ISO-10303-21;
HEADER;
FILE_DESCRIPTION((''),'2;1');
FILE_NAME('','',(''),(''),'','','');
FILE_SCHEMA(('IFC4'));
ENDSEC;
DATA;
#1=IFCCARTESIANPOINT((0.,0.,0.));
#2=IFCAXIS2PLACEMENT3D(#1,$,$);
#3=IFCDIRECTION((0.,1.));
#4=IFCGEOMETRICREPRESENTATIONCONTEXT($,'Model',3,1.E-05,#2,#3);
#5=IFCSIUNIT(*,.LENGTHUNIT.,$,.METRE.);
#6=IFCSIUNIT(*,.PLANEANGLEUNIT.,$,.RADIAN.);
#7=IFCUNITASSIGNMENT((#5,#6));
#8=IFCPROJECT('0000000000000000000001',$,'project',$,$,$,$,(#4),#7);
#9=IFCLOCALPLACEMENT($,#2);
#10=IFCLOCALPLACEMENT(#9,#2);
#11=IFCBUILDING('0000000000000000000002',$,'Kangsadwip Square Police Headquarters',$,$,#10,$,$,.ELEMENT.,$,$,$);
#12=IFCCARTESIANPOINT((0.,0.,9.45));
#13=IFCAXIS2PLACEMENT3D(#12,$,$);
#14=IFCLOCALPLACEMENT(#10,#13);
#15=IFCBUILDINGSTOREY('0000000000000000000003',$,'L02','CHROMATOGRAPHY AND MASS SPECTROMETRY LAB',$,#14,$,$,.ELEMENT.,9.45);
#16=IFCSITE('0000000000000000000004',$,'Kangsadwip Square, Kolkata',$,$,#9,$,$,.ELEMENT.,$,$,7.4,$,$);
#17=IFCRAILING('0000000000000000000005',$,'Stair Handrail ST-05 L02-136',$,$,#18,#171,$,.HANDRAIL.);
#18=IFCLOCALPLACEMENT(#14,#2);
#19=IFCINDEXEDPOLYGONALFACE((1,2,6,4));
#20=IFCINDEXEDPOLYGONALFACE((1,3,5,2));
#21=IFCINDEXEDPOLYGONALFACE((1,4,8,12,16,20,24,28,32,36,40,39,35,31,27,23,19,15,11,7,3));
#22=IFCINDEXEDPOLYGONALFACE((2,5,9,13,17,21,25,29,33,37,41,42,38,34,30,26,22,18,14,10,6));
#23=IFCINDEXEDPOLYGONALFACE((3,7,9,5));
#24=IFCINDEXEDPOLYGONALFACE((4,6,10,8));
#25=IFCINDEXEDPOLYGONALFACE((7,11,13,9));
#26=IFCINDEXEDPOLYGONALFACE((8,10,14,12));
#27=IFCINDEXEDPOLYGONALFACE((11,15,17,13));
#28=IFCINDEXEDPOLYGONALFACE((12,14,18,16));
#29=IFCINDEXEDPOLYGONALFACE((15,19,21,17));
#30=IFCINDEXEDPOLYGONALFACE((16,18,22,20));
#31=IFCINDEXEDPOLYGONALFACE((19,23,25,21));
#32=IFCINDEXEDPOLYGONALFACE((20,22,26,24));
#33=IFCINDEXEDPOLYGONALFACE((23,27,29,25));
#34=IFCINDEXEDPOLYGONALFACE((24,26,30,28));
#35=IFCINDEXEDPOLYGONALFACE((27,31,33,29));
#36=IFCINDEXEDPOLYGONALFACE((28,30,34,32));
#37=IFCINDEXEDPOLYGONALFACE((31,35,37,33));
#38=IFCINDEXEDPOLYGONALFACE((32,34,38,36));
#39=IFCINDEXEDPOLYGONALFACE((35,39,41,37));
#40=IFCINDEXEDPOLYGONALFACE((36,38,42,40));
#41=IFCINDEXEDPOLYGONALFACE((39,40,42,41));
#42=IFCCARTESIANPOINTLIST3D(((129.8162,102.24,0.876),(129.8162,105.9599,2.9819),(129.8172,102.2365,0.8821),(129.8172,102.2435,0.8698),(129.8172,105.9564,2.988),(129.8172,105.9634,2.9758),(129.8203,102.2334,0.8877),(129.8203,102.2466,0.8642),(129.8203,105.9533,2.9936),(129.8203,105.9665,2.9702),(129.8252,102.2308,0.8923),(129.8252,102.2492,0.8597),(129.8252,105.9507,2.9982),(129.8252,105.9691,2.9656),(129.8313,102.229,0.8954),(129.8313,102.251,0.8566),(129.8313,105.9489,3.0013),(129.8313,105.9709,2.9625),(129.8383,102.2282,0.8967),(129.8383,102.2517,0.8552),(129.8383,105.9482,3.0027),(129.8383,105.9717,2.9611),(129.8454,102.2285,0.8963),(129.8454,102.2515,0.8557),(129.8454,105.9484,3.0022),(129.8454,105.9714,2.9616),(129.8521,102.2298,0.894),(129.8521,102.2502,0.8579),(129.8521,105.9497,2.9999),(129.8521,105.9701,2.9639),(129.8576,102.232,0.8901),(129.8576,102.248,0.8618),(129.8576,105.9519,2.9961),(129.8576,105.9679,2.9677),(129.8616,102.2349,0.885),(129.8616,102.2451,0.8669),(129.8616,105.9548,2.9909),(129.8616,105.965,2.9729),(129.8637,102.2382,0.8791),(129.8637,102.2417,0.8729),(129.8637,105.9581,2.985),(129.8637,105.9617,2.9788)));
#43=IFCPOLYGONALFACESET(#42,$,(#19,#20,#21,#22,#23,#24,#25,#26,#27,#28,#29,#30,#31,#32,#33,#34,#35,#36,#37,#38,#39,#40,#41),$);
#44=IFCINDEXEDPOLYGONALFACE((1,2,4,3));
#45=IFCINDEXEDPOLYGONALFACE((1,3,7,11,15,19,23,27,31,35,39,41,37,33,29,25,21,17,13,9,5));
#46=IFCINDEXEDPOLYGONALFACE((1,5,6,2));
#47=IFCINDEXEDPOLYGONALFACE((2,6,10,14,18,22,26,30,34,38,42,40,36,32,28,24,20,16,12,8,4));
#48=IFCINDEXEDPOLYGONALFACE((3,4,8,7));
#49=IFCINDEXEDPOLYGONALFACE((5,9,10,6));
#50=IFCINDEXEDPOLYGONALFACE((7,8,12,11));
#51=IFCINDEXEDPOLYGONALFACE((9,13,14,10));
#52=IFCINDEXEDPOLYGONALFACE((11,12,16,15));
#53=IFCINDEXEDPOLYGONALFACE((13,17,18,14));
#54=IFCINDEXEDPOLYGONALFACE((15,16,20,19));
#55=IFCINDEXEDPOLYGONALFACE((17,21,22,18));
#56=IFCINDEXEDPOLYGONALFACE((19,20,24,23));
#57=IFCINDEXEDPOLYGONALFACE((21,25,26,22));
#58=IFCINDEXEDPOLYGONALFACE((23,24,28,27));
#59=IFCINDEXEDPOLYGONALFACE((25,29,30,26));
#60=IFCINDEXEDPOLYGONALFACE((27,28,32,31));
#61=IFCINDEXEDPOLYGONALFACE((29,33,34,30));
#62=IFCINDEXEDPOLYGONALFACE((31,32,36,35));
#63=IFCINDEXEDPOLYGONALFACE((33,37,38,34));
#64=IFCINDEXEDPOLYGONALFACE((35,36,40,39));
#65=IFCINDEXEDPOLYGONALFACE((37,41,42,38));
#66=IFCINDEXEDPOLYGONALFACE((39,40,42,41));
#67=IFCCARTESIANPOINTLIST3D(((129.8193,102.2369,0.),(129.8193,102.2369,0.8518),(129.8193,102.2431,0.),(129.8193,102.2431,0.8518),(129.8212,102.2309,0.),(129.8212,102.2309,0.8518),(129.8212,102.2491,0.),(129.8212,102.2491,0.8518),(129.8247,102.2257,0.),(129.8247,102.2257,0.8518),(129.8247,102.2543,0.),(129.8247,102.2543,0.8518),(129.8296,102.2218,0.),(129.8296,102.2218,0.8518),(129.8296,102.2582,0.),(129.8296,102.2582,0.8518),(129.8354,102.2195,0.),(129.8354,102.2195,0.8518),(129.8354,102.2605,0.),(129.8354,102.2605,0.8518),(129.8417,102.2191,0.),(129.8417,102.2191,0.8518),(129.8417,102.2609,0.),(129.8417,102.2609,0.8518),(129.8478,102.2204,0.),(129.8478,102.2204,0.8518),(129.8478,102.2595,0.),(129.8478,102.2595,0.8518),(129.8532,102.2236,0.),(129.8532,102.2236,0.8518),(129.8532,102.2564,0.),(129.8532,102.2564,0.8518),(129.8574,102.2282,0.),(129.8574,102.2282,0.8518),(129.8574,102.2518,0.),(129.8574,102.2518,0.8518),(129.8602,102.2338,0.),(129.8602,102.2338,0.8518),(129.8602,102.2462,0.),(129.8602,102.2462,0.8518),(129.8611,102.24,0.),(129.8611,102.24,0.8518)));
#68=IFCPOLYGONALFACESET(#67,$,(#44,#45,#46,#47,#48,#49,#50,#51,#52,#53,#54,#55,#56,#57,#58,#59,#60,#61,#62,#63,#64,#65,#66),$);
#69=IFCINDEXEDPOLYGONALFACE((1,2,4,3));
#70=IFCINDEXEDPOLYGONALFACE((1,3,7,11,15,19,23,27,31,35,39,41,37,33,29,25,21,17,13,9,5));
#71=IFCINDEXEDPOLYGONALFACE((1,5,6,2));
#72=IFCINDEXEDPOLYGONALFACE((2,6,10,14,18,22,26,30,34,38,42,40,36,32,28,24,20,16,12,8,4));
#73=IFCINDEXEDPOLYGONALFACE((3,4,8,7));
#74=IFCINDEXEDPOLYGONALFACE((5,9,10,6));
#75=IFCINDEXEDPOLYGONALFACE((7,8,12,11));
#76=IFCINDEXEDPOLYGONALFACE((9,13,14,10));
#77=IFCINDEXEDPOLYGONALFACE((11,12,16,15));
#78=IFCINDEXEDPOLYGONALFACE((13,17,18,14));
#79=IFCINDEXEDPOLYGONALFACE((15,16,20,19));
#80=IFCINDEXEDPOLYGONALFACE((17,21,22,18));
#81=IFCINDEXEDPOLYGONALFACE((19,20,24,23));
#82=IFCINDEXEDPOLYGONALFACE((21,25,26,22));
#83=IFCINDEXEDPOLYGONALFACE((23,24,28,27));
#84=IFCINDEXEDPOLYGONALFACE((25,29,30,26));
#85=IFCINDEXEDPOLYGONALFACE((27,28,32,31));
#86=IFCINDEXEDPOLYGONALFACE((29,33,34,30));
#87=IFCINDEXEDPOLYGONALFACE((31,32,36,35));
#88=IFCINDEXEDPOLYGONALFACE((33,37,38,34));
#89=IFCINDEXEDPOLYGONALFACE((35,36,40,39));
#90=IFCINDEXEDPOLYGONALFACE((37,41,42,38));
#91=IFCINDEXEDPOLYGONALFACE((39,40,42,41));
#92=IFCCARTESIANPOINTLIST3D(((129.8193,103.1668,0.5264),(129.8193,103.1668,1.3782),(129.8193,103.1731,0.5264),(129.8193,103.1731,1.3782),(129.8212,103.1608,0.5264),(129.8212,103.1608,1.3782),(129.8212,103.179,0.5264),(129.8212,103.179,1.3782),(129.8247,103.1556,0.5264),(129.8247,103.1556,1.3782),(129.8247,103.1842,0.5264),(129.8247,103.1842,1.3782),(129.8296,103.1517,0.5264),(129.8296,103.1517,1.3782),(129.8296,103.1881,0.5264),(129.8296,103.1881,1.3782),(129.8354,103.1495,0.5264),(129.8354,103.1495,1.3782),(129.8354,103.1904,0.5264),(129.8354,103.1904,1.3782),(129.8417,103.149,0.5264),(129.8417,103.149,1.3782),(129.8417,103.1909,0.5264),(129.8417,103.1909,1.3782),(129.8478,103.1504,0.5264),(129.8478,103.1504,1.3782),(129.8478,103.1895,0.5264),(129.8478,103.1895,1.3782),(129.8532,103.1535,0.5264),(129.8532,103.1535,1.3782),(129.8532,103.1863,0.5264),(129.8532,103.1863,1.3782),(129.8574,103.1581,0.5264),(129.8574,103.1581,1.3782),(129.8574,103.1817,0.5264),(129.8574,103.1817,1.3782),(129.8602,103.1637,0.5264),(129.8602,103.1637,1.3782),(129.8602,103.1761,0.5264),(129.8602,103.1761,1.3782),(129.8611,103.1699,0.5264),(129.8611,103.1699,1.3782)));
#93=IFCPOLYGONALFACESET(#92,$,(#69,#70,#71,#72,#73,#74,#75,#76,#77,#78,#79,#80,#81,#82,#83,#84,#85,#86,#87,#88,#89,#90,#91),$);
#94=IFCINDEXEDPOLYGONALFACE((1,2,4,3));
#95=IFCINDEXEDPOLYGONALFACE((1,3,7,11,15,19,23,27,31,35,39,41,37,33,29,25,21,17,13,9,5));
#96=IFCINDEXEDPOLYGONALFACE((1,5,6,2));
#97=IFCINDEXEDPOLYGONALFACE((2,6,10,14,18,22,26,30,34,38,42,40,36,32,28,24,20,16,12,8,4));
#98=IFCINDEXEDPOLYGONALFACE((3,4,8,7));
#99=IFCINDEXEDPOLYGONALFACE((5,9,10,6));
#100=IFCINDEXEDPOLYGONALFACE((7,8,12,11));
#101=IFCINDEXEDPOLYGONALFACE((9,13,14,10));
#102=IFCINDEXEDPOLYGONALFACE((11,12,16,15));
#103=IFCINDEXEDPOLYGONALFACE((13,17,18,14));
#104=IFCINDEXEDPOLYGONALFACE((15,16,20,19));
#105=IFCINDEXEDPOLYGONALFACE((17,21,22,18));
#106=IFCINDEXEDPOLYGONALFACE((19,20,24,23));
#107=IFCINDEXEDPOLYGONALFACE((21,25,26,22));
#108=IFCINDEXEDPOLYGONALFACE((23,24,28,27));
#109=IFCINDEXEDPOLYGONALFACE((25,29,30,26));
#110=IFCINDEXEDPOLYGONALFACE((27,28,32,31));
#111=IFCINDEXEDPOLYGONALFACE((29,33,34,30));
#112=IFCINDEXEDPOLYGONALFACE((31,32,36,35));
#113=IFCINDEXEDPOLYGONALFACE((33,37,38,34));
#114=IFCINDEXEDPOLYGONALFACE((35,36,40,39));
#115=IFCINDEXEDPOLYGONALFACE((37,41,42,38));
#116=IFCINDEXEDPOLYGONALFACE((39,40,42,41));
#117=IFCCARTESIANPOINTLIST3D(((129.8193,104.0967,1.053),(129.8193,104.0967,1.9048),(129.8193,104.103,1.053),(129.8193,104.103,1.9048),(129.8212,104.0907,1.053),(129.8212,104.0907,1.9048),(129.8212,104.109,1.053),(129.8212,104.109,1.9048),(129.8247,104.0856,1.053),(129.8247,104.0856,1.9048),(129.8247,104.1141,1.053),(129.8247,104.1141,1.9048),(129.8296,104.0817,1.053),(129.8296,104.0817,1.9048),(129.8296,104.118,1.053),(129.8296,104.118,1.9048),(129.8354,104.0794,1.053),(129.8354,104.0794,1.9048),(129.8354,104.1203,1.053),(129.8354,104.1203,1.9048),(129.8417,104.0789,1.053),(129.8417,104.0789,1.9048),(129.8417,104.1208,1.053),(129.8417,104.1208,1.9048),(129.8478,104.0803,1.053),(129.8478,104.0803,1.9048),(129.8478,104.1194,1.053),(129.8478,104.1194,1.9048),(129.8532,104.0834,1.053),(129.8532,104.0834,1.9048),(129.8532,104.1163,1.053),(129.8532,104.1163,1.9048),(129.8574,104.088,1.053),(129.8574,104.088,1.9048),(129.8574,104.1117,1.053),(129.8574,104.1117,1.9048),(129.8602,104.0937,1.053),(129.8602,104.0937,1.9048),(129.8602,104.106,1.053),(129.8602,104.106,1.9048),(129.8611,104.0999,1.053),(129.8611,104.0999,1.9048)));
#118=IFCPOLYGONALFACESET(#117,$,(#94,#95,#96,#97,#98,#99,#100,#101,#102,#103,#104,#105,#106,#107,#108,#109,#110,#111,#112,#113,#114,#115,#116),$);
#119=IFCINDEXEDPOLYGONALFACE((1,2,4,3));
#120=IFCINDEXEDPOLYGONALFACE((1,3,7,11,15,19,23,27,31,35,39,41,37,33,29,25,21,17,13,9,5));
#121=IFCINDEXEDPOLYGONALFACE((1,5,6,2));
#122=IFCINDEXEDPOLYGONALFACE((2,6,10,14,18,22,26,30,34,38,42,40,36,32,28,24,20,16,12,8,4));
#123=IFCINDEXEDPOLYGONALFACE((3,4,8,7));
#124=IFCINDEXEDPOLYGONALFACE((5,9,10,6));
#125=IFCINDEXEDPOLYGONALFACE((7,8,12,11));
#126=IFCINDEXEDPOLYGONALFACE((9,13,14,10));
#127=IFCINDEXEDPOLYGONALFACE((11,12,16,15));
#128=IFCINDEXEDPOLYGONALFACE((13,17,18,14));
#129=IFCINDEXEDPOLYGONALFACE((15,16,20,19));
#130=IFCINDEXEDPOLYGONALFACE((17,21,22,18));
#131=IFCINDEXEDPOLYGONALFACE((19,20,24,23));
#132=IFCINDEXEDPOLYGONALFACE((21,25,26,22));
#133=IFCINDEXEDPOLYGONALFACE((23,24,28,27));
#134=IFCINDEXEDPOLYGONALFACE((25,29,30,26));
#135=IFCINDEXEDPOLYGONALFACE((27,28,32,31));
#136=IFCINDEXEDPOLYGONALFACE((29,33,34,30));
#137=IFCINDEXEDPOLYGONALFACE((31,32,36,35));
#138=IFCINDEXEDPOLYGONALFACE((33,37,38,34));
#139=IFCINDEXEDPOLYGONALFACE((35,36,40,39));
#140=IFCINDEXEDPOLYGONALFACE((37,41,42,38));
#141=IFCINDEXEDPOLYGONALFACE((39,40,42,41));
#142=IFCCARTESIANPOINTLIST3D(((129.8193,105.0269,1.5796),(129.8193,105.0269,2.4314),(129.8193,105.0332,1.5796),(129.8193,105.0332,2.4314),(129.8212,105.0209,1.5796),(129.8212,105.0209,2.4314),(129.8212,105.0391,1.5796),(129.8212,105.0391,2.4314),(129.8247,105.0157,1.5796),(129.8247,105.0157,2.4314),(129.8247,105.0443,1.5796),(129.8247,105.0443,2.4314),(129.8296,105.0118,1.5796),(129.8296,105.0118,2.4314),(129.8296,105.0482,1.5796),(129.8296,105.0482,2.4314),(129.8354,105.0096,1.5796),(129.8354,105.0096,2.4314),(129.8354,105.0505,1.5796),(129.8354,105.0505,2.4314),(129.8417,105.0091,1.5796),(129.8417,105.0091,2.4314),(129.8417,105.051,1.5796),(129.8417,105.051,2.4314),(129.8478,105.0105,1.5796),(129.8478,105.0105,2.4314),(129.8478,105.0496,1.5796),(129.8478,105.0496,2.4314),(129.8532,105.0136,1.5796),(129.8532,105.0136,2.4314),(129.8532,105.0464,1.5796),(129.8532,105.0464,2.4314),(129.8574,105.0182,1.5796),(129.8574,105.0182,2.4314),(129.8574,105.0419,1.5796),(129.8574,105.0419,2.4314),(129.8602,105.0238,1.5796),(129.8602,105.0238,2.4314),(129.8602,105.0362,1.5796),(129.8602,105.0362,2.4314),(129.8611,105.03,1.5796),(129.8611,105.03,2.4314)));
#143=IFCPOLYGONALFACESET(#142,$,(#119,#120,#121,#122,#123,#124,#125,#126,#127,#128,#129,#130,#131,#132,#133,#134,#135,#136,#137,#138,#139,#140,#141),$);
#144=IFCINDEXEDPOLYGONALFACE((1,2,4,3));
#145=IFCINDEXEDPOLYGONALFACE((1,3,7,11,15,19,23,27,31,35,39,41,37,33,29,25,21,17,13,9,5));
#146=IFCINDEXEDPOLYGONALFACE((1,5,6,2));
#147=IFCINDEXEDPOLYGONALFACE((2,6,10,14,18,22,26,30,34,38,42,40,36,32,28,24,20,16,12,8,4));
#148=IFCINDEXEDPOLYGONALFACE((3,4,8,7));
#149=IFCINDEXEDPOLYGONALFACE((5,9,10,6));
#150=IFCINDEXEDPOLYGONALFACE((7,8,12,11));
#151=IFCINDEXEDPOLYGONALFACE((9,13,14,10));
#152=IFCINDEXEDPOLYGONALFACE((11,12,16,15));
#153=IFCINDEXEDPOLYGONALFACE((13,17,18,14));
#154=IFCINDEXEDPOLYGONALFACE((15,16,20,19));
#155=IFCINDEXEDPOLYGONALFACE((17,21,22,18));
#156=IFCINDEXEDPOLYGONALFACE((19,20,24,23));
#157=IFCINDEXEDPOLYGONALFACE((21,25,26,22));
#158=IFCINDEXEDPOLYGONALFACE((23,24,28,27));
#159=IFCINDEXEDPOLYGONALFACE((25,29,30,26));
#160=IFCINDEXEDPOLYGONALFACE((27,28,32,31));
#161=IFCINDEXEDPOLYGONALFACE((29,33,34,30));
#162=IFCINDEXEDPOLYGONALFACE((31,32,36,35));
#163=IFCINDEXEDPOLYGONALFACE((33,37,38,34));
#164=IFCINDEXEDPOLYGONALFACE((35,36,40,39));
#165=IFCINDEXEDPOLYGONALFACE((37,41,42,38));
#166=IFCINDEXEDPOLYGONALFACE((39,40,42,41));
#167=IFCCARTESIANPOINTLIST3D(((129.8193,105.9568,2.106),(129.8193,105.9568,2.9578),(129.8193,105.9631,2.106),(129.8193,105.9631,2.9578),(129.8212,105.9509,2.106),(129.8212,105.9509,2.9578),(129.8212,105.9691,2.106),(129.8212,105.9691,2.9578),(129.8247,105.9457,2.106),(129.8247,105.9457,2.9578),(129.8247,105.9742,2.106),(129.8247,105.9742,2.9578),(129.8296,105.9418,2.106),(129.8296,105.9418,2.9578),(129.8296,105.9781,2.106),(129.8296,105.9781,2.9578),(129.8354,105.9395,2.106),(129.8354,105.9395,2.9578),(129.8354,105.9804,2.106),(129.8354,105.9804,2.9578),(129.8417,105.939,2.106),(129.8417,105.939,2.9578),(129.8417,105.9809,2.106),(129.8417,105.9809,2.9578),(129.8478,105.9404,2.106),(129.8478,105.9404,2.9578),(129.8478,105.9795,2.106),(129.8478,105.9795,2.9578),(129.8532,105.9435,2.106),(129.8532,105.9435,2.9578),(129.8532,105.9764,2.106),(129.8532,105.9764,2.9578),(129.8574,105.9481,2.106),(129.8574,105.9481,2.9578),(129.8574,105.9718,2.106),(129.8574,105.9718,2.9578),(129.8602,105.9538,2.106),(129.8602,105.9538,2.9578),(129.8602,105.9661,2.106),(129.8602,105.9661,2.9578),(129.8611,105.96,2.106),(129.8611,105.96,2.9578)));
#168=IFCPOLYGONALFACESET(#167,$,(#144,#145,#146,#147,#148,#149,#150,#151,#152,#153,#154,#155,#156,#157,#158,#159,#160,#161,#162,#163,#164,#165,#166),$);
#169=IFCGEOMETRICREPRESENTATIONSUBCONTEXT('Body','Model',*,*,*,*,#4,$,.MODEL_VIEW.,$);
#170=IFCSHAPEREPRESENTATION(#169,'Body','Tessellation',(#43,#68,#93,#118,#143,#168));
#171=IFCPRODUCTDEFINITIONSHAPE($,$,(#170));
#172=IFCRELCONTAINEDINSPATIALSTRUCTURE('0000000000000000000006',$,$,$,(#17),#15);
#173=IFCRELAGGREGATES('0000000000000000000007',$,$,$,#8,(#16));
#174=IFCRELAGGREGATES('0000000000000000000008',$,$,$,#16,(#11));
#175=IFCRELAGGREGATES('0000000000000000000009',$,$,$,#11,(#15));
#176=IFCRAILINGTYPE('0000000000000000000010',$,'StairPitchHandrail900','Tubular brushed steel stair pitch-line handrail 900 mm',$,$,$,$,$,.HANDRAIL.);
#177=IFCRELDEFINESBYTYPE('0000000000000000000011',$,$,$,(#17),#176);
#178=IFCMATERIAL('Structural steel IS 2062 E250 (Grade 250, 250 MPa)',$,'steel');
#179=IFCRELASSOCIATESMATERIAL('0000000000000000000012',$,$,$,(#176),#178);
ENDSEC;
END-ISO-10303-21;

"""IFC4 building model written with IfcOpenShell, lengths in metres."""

from ifc_helpers import new_model, si_unit, direction, frame, origin, origin_2d, place, context, subcontext, project, spatial, circle, extrude, material, type_object, element, save


model = new_model("IFC4")

# Units and contexts
model_context = context("Model", 3, precision=1e-05, world=origin(), true_north=direction((0.0, 1.0)))
body_context = subcontext(model_context, "Body", "Model", "MODEL_VIEW")
ifc_project = project(units=[si_unit("LENGTHUNIT", "METRE"), si_unit("PLANEANGLEUNIT", "RADIAN")], contexts=[model_context])

# Site, building, storey
site_placement = place(None, origin())
site = spatial("IfcSite", under=ifc_project, at=site_placement, Name="Kangsadwip Square, Kolkata", CompositionType="ELEMENT", RefElevation=7.4)
building_placement = place(site_placement, origin())
building = spatial("IfcBuilding", under=site, at=building_placement, Name="Kangsadwip Square Police Headquarters", CompositionType="ELEMENT")
storey_placement = place(building_placement, frame((0.0, 0.0, 9.45)))
storey = spatial("IfcBuildingStorey", under=building, at=storey_placement, Name="L02", Description="CHROMATOGRAPHY AND MASS SPECTROMETRY LAB", CompositionType="ELEMENT", Elevation=9.45)

# Railing
ifc_material_1 = material(Name="Structural steel IS 2062 E250 (Grade 250, 250 MPa)", Category="steel")
railing_type_1 = type_object("IfcRailingType", Name="StairPitchHandrail900", Description="Tubular brushed steel stair pitch-line handrail 900 mm", PredefinedType="HANDRAIL", material=ifc_material_1)
railing_1_placement = place(storey_placement, frame((129.8401, 102.24, 0.0)))
element("IfcRailing", 1, at=railing_1_placement, inside=storey, type_object=railing_type_1, Name="Stair Handrail ST-05 L02-136", PredefinedType="HANDRAIL", context=body_context, shape_type="SweptSolid", body=[
    extrude(circle(Radius=0.0239, at=origin_2d()), frame((0.0, 0.0, 0.876), z_axis=(0.0, 0.870225, 0.492654), x_axis=(-1.0, 0.0, 0.0)), (0.0, 0.0, 1.0), 4.2747),
    extrude(circle(Radius=0.021, at=origin_2d()), origin(), (0.0, 0.0, 1.0), 0.8518),
    extrude(circle(Radius=0.021, at=origin_2d()), frame((0.0, 0.9299, 0.5264)), (0.0, 0.0, 1.0), 0.8518),
    extrude(circle(Radius=0.021, at=origin_2d()), frame((0.0, 1.8599, 1.053)), (0.0, 0.0, 1.0), 0.8518),
    extrude(circle(Radius=0.021, at=origin_2d()), frame((0.0, 2.79, 1.5796)), (0.0, 0.0, 1.0), 0.8518),
    extrude(circle(Radius=0.021, at=origin_2d()), frame((0.0, 3.72, 2.106)), (0.0, 0.0, 1.0), 0.8518),
])

save(model, "model.ifc")
